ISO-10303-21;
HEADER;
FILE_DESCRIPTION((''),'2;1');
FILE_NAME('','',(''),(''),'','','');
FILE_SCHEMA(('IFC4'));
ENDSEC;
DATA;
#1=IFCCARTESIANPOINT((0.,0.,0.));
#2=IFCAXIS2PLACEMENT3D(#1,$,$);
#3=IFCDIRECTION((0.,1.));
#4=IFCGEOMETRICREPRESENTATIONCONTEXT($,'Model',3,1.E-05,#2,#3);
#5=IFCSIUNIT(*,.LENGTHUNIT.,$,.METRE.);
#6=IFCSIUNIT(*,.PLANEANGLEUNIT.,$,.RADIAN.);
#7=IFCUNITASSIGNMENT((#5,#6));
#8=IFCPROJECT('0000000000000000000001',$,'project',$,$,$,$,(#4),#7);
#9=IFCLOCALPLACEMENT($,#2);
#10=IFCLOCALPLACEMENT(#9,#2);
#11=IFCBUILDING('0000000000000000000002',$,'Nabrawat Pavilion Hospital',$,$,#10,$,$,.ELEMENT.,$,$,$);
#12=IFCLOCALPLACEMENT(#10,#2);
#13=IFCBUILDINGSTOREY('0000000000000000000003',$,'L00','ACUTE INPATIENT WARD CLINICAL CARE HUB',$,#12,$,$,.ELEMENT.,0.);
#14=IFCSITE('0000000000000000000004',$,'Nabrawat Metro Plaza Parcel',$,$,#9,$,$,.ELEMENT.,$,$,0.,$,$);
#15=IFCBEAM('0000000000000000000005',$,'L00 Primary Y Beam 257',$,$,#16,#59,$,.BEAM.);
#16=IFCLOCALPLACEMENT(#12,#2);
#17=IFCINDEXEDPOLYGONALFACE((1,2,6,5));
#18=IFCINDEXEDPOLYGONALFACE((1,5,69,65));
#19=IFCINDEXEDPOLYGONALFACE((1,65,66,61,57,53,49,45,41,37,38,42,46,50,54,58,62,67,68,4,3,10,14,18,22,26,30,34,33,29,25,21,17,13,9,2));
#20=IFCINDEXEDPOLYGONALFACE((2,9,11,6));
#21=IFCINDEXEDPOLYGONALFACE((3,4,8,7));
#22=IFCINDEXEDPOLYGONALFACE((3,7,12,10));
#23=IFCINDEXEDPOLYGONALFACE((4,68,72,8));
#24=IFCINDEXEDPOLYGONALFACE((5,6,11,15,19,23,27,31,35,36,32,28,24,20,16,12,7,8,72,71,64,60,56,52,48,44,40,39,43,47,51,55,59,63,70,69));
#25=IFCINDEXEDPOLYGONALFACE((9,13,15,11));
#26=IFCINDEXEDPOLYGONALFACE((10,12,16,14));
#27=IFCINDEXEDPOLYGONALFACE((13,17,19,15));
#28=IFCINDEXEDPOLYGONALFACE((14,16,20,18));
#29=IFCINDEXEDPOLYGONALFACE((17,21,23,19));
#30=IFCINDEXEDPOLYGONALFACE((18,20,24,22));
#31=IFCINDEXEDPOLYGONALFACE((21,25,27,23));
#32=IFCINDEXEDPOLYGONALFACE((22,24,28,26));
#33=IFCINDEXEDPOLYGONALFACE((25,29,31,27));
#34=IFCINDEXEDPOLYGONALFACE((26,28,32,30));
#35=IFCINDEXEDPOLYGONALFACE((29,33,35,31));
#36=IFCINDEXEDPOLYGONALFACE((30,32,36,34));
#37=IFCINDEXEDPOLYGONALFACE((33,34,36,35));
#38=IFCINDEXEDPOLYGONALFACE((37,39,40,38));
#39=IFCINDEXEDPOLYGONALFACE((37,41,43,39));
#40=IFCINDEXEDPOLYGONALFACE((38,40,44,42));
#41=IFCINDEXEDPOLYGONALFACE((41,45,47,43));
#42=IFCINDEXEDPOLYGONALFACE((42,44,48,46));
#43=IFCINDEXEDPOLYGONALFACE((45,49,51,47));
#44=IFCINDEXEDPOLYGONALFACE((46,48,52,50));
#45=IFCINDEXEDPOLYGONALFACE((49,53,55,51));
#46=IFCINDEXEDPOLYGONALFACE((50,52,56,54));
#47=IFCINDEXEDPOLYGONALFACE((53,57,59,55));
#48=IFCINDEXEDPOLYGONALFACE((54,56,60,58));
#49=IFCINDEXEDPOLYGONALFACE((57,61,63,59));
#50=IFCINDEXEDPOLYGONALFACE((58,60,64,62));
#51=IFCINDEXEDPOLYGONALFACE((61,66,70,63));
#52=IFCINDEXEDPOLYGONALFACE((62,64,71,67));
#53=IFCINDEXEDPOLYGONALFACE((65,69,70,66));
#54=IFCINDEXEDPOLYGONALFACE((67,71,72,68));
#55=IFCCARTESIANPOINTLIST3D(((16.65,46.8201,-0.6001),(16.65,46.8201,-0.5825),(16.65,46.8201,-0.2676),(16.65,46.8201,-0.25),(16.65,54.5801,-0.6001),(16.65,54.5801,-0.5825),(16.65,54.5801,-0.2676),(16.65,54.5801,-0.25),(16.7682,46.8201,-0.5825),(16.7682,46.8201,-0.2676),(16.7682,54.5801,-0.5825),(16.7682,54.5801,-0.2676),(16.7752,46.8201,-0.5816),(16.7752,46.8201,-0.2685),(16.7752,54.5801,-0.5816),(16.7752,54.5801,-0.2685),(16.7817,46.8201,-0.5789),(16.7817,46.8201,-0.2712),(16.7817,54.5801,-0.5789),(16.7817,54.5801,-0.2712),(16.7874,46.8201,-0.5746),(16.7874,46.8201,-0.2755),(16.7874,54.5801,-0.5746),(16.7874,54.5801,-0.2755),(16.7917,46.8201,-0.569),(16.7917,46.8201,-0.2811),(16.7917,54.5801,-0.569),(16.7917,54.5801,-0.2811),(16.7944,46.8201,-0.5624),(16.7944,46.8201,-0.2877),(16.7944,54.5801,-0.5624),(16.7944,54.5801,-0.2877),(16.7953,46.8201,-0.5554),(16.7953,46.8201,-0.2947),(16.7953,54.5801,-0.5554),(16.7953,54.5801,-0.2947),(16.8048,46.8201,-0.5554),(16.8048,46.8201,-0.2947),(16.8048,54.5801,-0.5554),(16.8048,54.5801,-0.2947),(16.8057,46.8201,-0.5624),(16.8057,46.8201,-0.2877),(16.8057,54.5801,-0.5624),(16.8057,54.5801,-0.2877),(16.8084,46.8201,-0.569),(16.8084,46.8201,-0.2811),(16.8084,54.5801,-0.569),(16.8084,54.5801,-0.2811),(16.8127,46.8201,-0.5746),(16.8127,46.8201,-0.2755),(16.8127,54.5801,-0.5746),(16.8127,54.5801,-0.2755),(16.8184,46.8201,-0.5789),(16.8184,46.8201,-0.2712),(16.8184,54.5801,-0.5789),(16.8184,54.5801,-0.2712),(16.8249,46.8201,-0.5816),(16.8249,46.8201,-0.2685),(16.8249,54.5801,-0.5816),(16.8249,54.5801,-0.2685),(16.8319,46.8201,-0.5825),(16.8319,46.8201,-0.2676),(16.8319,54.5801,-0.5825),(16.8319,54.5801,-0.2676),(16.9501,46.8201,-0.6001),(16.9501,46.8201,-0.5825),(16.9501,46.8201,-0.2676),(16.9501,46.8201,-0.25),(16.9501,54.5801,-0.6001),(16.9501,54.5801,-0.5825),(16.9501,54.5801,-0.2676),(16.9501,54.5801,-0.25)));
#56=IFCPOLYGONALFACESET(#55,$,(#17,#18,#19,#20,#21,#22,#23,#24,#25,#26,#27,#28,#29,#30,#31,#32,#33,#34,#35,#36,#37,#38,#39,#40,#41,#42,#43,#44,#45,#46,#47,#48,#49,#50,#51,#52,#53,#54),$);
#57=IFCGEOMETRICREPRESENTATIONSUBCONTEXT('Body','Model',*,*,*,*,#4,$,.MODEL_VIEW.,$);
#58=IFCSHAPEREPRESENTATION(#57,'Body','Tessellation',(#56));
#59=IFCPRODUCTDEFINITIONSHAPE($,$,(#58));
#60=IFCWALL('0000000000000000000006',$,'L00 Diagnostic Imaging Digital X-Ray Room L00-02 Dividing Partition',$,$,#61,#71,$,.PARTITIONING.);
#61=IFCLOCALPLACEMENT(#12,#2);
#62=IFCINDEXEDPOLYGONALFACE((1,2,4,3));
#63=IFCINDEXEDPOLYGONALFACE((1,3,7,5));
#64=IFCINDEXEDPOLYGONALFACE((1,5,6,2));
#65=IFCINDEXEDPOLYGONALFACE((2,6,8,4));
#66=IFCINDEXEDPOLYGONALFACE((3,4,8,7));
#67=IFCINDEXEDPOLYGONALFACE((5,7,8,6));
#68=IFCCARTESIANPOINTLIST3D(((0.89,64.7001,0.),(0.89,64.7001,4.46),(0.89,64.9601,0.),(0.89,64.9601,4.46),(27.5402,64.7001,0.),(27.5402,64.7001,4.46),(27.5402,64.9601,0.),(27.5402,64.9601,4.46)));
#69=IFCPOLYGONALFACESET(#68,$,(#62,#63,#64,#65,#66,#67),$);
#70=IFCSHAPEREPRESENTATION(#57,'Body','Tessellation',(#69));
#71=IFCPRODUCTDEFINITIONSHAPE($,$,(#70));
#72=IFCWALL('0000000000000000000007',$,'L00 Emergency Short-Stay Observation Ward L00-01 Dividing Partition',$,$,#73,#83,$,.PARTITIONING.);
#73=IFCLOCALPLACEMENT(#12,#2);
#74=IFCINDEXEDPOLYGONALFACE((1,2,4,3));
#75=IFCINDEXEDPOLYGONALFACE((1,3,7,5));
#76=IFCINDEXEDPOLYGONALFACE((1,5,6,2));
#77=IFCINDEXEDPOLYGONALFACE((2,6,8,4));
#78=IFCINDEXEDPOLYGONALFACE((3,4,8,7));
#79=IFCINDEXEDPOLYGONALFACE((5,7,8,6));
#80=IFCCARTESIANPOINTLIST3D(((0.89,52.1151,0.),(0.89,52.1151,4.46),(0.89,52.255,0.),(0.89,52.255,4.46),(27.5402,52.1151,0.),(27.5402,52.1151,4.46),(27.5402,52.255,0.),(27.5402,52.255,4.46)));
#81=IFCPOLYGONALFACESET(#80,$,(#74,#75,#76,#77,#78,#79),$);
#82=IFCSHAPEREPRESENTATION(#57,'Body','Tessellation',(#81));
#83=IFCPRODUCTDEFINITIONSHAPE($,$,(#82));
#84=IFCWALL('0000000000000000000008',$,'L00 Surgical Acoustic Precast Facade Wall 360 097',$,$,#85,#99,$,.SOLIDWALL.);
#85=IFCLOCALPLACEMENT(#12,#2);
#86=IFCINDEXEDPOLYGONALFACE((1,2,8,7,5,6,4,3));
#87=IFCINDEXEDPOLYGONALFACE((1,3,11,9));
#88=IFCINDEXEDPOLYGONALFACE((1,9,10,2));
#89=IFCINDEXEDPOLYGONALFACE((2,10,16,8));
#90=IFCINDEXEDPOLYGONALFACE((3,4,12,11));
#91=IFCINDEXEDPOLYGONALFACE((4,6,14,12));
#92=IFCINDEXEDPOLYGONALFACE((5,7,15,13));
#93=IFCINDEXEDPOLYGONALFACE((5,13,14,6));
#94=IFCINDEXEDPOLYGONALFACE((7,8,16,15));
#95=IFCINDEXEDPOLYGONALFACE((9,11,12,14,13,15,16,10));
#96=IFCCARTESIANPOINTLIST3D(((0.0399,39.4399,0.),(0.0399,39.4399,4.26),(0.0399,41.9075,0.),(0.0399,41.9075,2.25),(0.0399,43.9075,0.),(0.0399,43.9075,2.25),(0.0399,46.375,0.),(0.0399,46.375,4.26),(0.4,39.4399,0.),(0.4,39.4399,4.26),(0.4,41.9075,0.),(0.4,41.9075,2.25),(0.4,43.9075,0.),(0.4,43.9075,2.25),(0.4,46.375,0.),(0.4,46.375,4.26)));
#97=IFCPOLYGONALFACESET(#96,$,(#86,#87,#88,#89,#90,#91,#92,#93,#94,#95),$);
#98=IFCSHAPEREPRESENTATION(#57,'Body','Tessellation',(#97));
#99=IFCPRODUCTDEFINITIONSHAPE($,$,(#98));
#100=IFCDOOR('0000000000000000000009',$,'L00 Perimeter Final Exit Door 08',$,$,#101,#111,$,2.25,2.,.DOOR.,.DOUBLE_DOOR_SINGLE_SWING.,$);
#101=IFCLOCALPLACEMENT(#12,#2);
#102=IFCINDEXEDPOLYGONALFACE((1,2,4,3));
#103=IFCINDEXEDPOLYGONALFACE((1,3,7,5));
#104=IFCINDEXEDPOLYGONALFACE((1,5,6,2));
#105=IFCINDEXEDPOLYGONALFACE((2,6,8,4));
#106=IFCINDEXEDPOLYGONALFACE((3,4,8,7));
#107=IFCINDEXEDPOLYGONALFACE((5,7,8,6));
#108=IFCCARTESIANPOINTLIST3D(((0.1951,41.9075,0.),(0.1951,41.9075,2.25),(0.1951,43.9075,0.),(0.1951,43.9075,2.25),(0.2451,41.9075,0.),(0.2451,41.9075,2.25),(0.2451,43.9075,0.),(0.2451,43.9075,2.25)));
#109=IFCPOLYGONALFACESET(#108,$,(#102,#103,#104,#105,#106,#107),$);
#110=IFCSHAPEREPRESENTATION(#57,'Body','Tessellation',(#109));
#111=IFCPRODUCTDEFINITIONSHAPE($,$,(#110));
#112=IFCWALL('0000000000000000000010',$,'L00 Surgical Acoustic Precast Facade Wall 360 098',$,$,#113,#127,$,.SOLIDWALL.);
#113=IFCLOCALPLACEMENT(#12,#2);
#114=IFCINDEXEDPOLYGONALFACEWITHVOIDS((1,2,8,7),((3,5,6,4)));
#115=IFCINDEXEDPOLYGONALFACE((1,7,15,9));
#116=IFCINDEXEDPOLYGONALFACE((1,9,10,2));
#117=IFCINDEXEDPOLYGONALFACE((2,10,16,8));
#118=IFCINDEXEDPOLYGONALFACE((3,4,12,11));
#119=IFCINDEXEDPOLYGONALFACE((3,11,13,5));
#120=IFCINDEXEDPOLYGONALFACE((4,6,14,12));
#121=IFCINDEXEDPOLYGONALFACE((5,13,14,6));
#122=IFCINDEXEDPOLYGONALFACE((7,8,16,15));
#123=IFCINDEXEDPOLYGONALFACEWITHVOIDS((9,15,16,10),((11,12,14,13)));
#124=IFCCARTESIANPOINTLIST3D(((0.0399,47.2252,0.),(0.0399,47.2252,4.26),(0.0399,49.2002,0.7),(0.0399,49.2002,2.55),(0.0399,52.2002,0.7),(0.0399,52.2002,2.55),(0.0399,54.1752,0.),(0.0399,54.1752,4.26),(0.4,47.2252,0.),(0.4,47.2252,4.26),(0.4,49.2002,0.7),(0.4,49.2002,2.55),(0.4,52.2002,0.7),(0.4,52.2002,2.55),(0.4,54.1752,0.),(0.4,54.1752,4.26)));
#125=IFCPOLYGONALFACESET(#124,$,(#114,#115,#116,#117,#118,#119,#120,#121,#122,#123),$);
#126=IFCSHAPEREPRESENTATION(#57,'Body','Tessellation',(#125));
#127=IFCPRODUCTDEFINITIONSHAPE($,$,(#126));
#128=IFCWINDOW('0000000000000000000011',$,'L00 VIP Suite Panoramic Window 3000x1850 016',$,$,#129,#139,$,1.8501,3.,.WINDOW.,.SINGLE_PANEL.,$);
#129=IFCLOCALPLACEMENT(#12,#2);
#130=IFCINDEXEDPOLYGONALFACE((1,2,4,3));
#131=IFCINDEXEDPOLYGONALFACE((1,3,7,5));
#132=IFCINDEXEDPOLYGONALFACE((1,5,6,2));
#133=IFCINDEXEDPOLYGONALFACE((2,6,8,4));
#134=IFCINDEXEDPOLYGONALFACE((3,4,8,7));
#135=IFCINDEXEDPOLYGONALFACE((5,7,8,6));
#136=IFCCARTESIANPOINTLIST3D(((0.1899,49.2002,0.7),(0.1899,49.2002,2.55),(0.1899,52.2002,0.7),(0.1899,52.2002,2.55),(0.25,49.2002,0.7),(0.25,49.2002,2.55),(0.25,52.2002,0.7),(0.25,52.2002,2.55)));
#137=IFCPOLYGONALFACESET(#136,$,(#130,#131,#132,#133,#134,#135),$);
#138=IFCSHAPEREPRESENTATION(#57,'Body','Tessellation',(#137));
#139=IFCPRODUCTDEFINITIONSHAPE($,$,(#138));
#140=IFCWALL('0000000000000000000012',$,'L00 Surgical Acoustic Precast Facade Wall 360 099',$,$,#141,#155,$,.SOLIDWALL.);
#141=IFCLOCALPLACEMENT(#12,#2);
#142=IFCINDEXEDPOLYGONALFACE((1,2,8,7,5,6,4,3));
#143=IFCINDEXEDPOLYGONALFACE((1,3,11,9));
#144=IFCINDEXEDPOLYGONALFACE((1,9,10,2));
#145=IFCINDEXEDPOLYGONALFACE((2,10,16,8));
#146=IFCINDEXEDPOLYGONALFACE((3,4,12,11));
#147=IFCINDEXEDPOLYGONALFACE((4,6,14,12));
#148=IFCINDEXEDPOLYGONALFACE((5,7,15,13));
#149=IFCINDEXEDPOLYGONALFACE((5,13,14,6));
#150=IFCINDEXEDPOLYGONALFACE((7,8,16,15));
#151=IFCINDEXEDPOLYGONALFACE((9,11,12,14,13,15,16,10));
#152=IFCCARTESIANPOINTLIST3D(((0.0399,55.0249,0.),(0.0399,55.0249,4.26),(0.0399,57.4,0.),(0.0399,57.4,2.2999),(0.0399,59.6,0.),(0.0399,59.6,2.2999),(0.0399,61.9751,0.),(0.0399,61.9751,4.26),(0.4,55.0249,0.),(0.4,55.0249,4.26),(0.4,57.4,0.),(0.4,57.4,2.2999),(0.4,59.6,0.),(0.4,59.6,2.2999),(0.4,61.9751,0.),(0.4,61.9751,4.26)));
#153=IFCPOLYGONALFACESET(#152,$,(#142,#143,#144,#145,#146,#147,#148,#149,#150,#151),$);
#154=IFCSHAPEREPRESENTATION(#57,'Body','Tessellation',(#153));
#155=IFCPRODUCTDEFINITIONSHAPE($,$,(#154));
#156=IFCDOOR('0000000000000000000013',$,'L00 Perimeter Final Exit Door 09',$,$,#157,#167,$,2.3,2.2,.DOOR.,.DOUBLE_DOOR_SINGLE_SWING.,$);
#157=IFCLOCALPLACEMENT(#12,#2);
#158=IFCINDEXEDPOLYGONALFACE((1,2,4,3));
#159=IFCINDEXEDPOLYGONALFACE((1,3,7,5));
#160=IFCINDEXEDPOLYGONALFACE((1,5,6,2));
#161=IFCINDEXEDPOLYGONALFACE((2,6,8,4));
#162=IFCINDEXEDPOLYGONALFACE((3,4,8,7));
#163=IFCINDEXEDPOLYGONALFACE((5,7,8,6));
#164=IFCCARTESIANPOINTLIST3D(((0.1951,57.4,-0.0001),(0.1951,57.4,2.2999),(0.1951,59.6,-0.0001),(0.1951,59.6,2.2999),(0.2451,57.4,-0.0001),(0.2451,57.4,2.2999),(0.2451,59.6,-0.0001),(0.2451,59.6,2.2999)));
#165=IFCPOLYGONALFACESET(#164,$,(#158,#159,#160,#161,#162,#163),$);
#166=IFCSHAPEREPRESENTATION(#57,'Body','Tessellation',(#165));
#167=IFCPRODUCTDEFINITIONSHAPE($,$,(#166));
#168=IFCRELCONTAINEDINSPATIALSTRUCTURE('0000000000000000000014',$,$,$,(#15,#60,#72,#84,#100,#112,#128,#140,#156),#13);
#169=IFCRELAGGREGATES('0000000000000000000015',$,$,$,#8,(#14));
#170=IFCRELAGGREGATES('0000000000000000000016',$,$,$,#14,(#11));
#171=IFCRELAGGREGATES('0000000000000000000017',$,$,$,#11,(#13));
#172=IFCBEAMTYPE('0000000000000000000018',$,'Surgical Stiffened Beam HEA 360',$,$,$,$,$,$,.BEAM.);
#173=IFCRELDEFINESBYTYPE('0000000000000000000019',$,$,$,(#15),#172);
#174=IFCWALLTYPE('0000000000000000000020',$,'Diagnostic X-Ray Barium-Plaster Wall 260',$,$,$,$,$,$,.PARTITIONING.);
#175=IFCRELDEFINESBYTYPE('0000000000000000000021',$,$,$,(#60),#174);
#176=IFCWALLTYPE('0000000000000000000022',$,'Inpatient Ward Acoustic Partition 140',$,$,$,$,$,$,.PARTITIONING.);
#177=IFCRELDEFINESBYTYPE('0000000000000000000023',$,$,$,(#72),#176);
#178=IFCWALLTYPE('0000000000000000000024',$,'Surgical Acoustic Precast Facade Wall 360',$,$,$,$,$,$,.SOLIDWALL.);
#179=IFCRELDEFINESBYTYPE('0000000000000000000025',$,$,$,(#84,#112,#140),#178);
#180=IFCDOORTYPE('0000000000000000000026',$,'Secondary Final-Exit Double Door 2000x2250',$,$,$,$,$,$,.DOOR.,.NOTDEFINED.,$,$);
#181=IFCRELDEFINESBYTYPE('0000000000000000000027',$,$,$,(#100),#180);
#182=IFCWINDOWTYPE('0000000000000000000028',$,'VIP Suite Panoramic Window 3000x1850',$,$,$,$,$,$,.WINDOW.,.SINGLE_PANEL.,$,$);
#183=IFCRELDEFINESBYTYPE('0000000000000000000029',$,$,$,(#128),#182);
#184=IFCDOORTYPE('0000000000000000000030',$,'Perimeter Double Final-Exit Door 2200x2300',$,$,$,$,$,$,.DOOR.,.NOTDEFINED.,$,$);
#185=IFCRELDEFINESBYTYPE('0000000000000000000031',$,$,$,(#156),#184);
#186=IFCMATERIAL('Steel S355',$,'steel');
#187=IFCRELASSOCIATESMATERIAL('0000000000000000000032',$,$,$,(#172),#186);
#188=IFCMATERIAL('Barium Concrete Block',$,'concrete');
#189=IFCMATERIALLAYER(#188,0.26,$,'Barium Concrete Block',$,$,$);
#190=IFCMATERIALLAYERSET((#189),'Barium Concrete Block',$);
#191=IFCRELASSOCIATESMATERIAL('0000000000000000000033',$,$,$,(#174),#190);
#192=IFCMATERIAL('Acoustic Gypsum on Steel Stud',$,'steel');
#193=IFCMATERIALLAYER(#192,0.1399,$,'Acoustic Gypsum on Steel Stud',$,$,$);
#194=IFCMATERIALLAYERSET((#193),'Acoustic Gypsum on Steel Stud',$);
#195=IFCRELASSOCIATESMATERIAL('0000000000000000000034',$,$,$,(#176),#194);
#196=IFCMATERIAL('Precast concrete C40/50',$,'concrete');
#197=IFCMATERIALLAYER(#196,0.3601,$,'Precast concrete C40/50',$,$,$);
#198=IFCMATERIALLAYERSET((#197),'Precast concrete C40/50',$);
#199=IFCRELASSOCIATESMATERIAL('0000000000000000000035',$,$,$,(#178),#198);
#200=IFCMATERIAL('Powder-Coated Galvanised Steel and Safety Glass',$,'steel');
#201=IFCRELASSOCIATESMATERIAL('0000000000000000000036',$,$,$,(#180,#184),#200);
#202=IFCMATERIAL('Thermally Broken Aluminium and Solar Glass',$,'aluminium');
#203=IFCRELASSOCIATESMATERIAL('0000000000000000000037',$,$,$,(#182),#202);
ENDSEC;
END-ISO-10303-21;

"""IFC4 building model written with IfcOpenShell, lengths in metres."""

from ifc_helpers import new_model, si_unit, direction, frame, frame_2d, origin, origin_2d, place, context, subcontext, project, spatial, rectangle, i_section, extrude, material, layer, layer_set, material_profile, profile_set, type_object, element, fill, save


model = new_model("IFC4")

# Units and contexts
model_context = context("Model", 3, precision=1e-05, world=origin(), true_north=direction((0.0, 1.0)))
body_context = subcontext(model_context, "Body", "Model", "MODEL_VIEW")
ifc_project = project(units=[si_unit("LENGTHUNIT", "METRE"), si_unit("PLANEANGLEUNIT", "RADIAN")], contexts=[model_context])

# Site, building, storey
site_placement = place(None, origin())
site = spatial("IfcSite", under=ifc_project, at=site_placement, Name="Nabrawat Metro Plaza Parcel", CompositionType="ELEMENT", RefElevation=0.0)
building_placement = place(site_placement, origin())
building = spatial("IfcBuilding", under=site, at=building_placement, Name="Nabrawat Pavilion Hospital", CompositionType="ELEMENT")
storey_placement = place(building_placement, origin())
storey = spatial("IfcBuildingStorey", under=building, at=storey_placement, Name="L00", Description="ACUTE INPATIENT WARD CLINICAL CARE HUB", CompositionType="ELEMENT", Elevation=0.0)

# Shared definitions
ifc_material_1 = material(Name="Precast concrete C40/50", Category="concrete")
ifc_material_2 = material(Name="Steel S355", Category="steel")

# Beam
ifc_material_profile_1 = material_profile(ifc_material_2, i_section(OverallWidth=0.3, OverallDepth=0.3501, WebThickness=0.0095, FlangeThickness=0.0176, FilletRadius=0.0271, at=origin_2d()), Name="HEA 360")
ifc_profile_set_1 = profile_set([ifc_material_profile_1], Name="Steel S355")
beam_type_1 = type_object("IfcBeamType", Name="Surgical Stiffened Beam HEA 360", PredefinedType="BEAM", material=ifc_profile_set_1)
for number, where, z_axis, x_axis, name in (
    (1, (16.8, 46.8201, -0.425), (0.0, 1.0, 0.0), (-1.0, 0.0, 0.0), "L00 Primary Y Beam 257"),
):
    element("IfcBeam", number, at=place(storey_placement, frame(where, z_axis=z_axis, x_axis=x_axis)), inside=storey, type_object=beam_type_1, Name=name, PredefinedType="BEAM", context=body_context, shape_type="SweptSolid", body=[
        extrude(i_section(OverallWidth=0.3, OverallDepth=0.3501, WebThickness=0.0095, FlangeThickness=0.0176, FilletRadius=0.0271, at=origin_2d()), origin(), (0.0, 0.0, 1.0), 7.76),
    ])

# Walls
ifc_material_3 = material(Name="Barium Concrete Block", Category="concrete")
ifc_layer_1 = layer(ifc_material_3, 0.26, Name="Barium Concrete Block")
ifc_layer_set_1 = layer_set([ifc_layer_1], Name="Barium Concrete Block")
wall_type_1 = type_object("IfcWallType", Name="Diagnostic X-Ray Barium-Plaster Wall 260", PredefinedType="PARTITIONING", material=ifc_layer_set_1)
wall_1_placement = place(storey_placement, frame((0.8899, 64.8301, 0.0), z_axis=(0.0, 0.0, 1.0), x_axis=(1.0, 0.0, 0.0)))
element("IfcWall", 2, at=wall_1_placement, inside=storey, type_object=wall_type_1, Name="L00 Diagnostic Imaging Digital X-Ray Room L00-02 Dividing Partition", PredefinedType="PARTITIONING", context=body_context, shape_type="SweptSolid", body=[
    extrude(rectangle(XDim=26.6501, YDim=0.26, at=frame_2d((13.3252, 0.0))), origin(), (0.0, 0.0, 1.0), 4.46),
])
ifc_material_4 = material(Name="Acoustic Gypsum on Steel Stud", Category="steel")
ifc_layer_2 = layer(ifc_material_4, 0.1399, Name="Acoustic Gypsum on Steel Stud")
ifc_layer_set_2 = layer_set([ifc_layer_2], Name="Acoustic Gypsum on Steel Stud")
wall_type_2 = type_object("IfcWallType", Name="Inpatient Ward Acoustic Partition 140", PredefinedType="PARTITIONING", material=ifc_layer_set_2)
wall_2_placement = place(storey_placement, frame((0.8899, 52.1851, 0.0), z_axis=(0.0, 0.0, 1.0), x_axis=(1.0, 0.0, 0.0)))
element("IfcWall", 3, at=wall_2_placement, inside=storey, type_object=wall_type_2, Name="L00 Emergency Short-Stay Observation Ward L00-01 Dividing Partition", PredefinedType="PARTITIONING", context=body_context, shape_type="SweptSolid", body=[
    extrude(rectangle(XDim=26.6501, YDim=0.1399, at=frame_2d((13.3252, 0.0))), origin(), (0.0, 0.0, 1.0), 4.46),
])

# Wall, opening, door
ifc_layer_3 = layer(ifc_material_1, 0.3601, Name="Precast concrete C40/50")
ifc_layer_set_3 = layer_set([ifc_layer_3], Name="Precast concrete C40/50")
wall_type_3 = type_object("IfcWallType", Name="Surgical Acoustic Precast Facade Wall 360", PredefinedType="SOLIDWALL", material=ifc_layer_set_3)
wall_3_placement = place(storey_placement, frame((0.22, 39.4399, 0.0), z_axis=(0.0, 0.0, 1.0), x_axis=(0.0, 1.0, 0.0)))
wall_3 = element("IfcWall", 4, at=wall_3_placement, inside=storey, type_object=wall_type_3, Name="L00 Surgical Acoustic Precast Facade Wall 360 097", PredefinedType="SOLIDWALL", context=body_context, shape_type="SweptSolid", body=[
    extrude(rectangle(XDim=6.9351, YDim=0.3601, at=frame_2d((3.4675, 0.0))), origin(), (0.0, 0.0, 1.0), 4.26),
])
opening_1_placement = place(wall_3_placement, frame((2.4675, 0.0, 0.0)))
opening_1 = element("IfcOpeningElement", 5, at=opening_1_placement, cuts=wall_3, PredefinedType="OPENING", context=body_context, shape_type="SweptSolid", body=[
    extrude(rectangle(XDim=2.0, YDim=2.25, at=frame_2d((1.0, 1.125))), frame((0.0, 0.1899, 0.0), z_axis=(0.0, -1.0, 0.0), x_axis=(1.0, 0.0, 0.0)), (0.0, 0.0, 1.0), 0.3801),
])
ifc_material_5 = material(Name="Powder-Coated Galvanised Steel and Safety Glass", Category="steel")
door_type_1 = type_object("IfcDoorType", Name="Secondary Final-Exit Double Door 2000x2250", OperationType="NOTDEFINED", PredefinedType="DOOR", material=ifc_material_5)
door_1_placement = place(opening_1_placement, origin())
door_1 = element("IfcDoor", 6, at=door_1_placement, inside=storey, type_object=door_type_1, Name="L00 Perimeter Final Exit Door 08", OperationType="DOUBLE_DOOR_SINGLE_SWING", OverallHeight=2.25, OverallWidth=2.0, PredefinedType="DOOR", context=body_context, shape_type="SweptSolid", body=[
    extrude(rectangle(XDim=2.0, YDim=2.25, at=frame_2d((1.0, 1.125))), frame((0.0, 0.0249, 0.0), z_axis=(0.0, -1.0, 0.0), x_axis=(1.0, 0.0, 0.0)), (0.0, 0.0, 1.0), 0.05),
])
fill(opening_1, door_1)

# Wall, opening, window
wall_4_placement = place(storey_placement, frame((0.22, 47.2251, 0.0), z_axis=(0.0, 0.0, 1.0), x_axis=(0.0, 1.0, 0.0)))
wall_4 = element("IfcWall", 7, at=wall_4_placement, inside=storey, type_object=wall_type_3, Name="L00 Surgical Acoustic Precast Facade Wall 360 098", PredefinedType="SOLIDWALL", context=body_context, shape_type="SweptSolid", body=[
    extrude(rectangle(XDim=6.95, YDim=0.3601, at=frame_2d((3.4751, 0.0))), origin(), (0.0, 0.0, 1.0), 4.26),
])
opening_2_placement = place(wall_4_placement, frame((1.9751, 0.0, 0.7)))
opening_2 = element("IfcOpeningElement", 8, at=opening_2_placement, cuts=wall_4, PredefinedType="OPENING", context=body_context, shape_type="SweptSolid", body=[
    extrude(rectangle(XDim=3.0, YDim=1.8501, at=frame_2d((1.5, 0.925))), frame((0.0, 0.1899, 0.0), z_axis=(0.0, -1.0, 0.0), x_axis=(1.0, 0.0, 0.0)), (0.0, 0.0, 1.0), 0.3801),
])
ifc_material_6 = material(Name="Thermally Broken Aluminium and Solar Glass", Category="aluminium")
window_type_1 = type_object("IfcWindowType", Name="VIP Suite Panoramic Window 3000x1850", PartitioningType="SINGLE_PANEL", PredefinedType="WINDOW", material=ifc_material_6)
window_1_placement = place(opening_2_placement, origin())
window_1 = element("IfcWindow", 9, at=window_1_placement, inside=storey, type_object=window_type_1, Name="L00 VIP Suite Panoramic Window 3000x1850 016", OverallHeight=1.8501, OverallWidth=3.0, PartitioningType="SINGLE_PANEL", PredefinedType="WINDOW", context=body_context, shape_type="SweptSolid", body=[
    extrude(rectangle(XDim=3.0, YDim=1.8501, at=frame_2d((1.5, 0.925))), frame((0.0, 0.03, 0.0), z_axis=(0.0, -1.0, 0.0), x_axis=(1.0, 0.0, 0.0)), (0.0, 0.0, 1.0), 0.0601),
])
fill(opening_2, window_1)

# Wall, opening, door
wall_5_placement = place(storey_placement, frame((0.22, 55.0249, 0.0), z_axis=(0.0, 0.0, 1.0), x_axis=(0.0, 1.0, 0.0)))
wall_5 = element("IfcWall", 10, at=wall_5_placement, inside=storey, type_object=wall_type_3, Name="L00 Surgical Acoustic Precast Facade Wall 360 099", PredefinedType="SOLIDWALL", context=body_context, shape_type="SweptSolid", body=[
    extrude(rectangle(XDim=6.9502, YDim=0.3601, at=frame_2d((3.4751, 0.0))), origin(), (0.0, 0.0, 1.0), 4.26),
])
opening_3_placement = place(wall_5_placement, frame((2.375, 0.0, 0.0)))
opening_3 = element("IfcOpeningElement", 11, at=opening_3_placement, cuts=wall_5, PredefinedType="OPENING", context=body_context, shape_type="SweptSolid", body=[
    extrude(rectangle(XDim=2.2, YDim=2.3, at=frame_2d((1.1001, 1.1499))), frame((0.0, 0.1899, 0.0), z_axis=(0.0, -1.0, 0.0), x_axis=(1.0, 0.0, 0.0)), (0.0, 0.0, 1.0), 0.3801),
])
door_type_2 = type_object("IfcDoorType", Name="Perimeter Double Final-Exit Door 2200x2300", OperationType="NOTDEFINED", PredefinedType="DOOR", material=ifc_material_5)
door_2_placement = place(opening_3_placement, origin())
door_2 = element("IfcDoor", 12, at=door_2_placement, inside=storey, type_object=door_type_2, Name="L00 Perimeter Final Exit Door 09", OperationType="DOUBLE_DOOR_SINGLE_SWING", OverallHeight=2.3, OverallWidth=2.2, PredefinedType="DOOR", context=body_context, shape_type="SweptSolid", body=[
    extrude(rectangle(XDim=2.2, YDim=2.3, at=frame_2d((1.1001, 1.1499))), frame((0.0, 0.0249, 0.0), z_axis=(0.0, -1.0, 0.0), x_axis=(1.0, 0.0, 0.0)), (0.0, 0.0, 1.0), 0.05),
])
fill(opening_3, door_2)

save(model, "model.ifc")
